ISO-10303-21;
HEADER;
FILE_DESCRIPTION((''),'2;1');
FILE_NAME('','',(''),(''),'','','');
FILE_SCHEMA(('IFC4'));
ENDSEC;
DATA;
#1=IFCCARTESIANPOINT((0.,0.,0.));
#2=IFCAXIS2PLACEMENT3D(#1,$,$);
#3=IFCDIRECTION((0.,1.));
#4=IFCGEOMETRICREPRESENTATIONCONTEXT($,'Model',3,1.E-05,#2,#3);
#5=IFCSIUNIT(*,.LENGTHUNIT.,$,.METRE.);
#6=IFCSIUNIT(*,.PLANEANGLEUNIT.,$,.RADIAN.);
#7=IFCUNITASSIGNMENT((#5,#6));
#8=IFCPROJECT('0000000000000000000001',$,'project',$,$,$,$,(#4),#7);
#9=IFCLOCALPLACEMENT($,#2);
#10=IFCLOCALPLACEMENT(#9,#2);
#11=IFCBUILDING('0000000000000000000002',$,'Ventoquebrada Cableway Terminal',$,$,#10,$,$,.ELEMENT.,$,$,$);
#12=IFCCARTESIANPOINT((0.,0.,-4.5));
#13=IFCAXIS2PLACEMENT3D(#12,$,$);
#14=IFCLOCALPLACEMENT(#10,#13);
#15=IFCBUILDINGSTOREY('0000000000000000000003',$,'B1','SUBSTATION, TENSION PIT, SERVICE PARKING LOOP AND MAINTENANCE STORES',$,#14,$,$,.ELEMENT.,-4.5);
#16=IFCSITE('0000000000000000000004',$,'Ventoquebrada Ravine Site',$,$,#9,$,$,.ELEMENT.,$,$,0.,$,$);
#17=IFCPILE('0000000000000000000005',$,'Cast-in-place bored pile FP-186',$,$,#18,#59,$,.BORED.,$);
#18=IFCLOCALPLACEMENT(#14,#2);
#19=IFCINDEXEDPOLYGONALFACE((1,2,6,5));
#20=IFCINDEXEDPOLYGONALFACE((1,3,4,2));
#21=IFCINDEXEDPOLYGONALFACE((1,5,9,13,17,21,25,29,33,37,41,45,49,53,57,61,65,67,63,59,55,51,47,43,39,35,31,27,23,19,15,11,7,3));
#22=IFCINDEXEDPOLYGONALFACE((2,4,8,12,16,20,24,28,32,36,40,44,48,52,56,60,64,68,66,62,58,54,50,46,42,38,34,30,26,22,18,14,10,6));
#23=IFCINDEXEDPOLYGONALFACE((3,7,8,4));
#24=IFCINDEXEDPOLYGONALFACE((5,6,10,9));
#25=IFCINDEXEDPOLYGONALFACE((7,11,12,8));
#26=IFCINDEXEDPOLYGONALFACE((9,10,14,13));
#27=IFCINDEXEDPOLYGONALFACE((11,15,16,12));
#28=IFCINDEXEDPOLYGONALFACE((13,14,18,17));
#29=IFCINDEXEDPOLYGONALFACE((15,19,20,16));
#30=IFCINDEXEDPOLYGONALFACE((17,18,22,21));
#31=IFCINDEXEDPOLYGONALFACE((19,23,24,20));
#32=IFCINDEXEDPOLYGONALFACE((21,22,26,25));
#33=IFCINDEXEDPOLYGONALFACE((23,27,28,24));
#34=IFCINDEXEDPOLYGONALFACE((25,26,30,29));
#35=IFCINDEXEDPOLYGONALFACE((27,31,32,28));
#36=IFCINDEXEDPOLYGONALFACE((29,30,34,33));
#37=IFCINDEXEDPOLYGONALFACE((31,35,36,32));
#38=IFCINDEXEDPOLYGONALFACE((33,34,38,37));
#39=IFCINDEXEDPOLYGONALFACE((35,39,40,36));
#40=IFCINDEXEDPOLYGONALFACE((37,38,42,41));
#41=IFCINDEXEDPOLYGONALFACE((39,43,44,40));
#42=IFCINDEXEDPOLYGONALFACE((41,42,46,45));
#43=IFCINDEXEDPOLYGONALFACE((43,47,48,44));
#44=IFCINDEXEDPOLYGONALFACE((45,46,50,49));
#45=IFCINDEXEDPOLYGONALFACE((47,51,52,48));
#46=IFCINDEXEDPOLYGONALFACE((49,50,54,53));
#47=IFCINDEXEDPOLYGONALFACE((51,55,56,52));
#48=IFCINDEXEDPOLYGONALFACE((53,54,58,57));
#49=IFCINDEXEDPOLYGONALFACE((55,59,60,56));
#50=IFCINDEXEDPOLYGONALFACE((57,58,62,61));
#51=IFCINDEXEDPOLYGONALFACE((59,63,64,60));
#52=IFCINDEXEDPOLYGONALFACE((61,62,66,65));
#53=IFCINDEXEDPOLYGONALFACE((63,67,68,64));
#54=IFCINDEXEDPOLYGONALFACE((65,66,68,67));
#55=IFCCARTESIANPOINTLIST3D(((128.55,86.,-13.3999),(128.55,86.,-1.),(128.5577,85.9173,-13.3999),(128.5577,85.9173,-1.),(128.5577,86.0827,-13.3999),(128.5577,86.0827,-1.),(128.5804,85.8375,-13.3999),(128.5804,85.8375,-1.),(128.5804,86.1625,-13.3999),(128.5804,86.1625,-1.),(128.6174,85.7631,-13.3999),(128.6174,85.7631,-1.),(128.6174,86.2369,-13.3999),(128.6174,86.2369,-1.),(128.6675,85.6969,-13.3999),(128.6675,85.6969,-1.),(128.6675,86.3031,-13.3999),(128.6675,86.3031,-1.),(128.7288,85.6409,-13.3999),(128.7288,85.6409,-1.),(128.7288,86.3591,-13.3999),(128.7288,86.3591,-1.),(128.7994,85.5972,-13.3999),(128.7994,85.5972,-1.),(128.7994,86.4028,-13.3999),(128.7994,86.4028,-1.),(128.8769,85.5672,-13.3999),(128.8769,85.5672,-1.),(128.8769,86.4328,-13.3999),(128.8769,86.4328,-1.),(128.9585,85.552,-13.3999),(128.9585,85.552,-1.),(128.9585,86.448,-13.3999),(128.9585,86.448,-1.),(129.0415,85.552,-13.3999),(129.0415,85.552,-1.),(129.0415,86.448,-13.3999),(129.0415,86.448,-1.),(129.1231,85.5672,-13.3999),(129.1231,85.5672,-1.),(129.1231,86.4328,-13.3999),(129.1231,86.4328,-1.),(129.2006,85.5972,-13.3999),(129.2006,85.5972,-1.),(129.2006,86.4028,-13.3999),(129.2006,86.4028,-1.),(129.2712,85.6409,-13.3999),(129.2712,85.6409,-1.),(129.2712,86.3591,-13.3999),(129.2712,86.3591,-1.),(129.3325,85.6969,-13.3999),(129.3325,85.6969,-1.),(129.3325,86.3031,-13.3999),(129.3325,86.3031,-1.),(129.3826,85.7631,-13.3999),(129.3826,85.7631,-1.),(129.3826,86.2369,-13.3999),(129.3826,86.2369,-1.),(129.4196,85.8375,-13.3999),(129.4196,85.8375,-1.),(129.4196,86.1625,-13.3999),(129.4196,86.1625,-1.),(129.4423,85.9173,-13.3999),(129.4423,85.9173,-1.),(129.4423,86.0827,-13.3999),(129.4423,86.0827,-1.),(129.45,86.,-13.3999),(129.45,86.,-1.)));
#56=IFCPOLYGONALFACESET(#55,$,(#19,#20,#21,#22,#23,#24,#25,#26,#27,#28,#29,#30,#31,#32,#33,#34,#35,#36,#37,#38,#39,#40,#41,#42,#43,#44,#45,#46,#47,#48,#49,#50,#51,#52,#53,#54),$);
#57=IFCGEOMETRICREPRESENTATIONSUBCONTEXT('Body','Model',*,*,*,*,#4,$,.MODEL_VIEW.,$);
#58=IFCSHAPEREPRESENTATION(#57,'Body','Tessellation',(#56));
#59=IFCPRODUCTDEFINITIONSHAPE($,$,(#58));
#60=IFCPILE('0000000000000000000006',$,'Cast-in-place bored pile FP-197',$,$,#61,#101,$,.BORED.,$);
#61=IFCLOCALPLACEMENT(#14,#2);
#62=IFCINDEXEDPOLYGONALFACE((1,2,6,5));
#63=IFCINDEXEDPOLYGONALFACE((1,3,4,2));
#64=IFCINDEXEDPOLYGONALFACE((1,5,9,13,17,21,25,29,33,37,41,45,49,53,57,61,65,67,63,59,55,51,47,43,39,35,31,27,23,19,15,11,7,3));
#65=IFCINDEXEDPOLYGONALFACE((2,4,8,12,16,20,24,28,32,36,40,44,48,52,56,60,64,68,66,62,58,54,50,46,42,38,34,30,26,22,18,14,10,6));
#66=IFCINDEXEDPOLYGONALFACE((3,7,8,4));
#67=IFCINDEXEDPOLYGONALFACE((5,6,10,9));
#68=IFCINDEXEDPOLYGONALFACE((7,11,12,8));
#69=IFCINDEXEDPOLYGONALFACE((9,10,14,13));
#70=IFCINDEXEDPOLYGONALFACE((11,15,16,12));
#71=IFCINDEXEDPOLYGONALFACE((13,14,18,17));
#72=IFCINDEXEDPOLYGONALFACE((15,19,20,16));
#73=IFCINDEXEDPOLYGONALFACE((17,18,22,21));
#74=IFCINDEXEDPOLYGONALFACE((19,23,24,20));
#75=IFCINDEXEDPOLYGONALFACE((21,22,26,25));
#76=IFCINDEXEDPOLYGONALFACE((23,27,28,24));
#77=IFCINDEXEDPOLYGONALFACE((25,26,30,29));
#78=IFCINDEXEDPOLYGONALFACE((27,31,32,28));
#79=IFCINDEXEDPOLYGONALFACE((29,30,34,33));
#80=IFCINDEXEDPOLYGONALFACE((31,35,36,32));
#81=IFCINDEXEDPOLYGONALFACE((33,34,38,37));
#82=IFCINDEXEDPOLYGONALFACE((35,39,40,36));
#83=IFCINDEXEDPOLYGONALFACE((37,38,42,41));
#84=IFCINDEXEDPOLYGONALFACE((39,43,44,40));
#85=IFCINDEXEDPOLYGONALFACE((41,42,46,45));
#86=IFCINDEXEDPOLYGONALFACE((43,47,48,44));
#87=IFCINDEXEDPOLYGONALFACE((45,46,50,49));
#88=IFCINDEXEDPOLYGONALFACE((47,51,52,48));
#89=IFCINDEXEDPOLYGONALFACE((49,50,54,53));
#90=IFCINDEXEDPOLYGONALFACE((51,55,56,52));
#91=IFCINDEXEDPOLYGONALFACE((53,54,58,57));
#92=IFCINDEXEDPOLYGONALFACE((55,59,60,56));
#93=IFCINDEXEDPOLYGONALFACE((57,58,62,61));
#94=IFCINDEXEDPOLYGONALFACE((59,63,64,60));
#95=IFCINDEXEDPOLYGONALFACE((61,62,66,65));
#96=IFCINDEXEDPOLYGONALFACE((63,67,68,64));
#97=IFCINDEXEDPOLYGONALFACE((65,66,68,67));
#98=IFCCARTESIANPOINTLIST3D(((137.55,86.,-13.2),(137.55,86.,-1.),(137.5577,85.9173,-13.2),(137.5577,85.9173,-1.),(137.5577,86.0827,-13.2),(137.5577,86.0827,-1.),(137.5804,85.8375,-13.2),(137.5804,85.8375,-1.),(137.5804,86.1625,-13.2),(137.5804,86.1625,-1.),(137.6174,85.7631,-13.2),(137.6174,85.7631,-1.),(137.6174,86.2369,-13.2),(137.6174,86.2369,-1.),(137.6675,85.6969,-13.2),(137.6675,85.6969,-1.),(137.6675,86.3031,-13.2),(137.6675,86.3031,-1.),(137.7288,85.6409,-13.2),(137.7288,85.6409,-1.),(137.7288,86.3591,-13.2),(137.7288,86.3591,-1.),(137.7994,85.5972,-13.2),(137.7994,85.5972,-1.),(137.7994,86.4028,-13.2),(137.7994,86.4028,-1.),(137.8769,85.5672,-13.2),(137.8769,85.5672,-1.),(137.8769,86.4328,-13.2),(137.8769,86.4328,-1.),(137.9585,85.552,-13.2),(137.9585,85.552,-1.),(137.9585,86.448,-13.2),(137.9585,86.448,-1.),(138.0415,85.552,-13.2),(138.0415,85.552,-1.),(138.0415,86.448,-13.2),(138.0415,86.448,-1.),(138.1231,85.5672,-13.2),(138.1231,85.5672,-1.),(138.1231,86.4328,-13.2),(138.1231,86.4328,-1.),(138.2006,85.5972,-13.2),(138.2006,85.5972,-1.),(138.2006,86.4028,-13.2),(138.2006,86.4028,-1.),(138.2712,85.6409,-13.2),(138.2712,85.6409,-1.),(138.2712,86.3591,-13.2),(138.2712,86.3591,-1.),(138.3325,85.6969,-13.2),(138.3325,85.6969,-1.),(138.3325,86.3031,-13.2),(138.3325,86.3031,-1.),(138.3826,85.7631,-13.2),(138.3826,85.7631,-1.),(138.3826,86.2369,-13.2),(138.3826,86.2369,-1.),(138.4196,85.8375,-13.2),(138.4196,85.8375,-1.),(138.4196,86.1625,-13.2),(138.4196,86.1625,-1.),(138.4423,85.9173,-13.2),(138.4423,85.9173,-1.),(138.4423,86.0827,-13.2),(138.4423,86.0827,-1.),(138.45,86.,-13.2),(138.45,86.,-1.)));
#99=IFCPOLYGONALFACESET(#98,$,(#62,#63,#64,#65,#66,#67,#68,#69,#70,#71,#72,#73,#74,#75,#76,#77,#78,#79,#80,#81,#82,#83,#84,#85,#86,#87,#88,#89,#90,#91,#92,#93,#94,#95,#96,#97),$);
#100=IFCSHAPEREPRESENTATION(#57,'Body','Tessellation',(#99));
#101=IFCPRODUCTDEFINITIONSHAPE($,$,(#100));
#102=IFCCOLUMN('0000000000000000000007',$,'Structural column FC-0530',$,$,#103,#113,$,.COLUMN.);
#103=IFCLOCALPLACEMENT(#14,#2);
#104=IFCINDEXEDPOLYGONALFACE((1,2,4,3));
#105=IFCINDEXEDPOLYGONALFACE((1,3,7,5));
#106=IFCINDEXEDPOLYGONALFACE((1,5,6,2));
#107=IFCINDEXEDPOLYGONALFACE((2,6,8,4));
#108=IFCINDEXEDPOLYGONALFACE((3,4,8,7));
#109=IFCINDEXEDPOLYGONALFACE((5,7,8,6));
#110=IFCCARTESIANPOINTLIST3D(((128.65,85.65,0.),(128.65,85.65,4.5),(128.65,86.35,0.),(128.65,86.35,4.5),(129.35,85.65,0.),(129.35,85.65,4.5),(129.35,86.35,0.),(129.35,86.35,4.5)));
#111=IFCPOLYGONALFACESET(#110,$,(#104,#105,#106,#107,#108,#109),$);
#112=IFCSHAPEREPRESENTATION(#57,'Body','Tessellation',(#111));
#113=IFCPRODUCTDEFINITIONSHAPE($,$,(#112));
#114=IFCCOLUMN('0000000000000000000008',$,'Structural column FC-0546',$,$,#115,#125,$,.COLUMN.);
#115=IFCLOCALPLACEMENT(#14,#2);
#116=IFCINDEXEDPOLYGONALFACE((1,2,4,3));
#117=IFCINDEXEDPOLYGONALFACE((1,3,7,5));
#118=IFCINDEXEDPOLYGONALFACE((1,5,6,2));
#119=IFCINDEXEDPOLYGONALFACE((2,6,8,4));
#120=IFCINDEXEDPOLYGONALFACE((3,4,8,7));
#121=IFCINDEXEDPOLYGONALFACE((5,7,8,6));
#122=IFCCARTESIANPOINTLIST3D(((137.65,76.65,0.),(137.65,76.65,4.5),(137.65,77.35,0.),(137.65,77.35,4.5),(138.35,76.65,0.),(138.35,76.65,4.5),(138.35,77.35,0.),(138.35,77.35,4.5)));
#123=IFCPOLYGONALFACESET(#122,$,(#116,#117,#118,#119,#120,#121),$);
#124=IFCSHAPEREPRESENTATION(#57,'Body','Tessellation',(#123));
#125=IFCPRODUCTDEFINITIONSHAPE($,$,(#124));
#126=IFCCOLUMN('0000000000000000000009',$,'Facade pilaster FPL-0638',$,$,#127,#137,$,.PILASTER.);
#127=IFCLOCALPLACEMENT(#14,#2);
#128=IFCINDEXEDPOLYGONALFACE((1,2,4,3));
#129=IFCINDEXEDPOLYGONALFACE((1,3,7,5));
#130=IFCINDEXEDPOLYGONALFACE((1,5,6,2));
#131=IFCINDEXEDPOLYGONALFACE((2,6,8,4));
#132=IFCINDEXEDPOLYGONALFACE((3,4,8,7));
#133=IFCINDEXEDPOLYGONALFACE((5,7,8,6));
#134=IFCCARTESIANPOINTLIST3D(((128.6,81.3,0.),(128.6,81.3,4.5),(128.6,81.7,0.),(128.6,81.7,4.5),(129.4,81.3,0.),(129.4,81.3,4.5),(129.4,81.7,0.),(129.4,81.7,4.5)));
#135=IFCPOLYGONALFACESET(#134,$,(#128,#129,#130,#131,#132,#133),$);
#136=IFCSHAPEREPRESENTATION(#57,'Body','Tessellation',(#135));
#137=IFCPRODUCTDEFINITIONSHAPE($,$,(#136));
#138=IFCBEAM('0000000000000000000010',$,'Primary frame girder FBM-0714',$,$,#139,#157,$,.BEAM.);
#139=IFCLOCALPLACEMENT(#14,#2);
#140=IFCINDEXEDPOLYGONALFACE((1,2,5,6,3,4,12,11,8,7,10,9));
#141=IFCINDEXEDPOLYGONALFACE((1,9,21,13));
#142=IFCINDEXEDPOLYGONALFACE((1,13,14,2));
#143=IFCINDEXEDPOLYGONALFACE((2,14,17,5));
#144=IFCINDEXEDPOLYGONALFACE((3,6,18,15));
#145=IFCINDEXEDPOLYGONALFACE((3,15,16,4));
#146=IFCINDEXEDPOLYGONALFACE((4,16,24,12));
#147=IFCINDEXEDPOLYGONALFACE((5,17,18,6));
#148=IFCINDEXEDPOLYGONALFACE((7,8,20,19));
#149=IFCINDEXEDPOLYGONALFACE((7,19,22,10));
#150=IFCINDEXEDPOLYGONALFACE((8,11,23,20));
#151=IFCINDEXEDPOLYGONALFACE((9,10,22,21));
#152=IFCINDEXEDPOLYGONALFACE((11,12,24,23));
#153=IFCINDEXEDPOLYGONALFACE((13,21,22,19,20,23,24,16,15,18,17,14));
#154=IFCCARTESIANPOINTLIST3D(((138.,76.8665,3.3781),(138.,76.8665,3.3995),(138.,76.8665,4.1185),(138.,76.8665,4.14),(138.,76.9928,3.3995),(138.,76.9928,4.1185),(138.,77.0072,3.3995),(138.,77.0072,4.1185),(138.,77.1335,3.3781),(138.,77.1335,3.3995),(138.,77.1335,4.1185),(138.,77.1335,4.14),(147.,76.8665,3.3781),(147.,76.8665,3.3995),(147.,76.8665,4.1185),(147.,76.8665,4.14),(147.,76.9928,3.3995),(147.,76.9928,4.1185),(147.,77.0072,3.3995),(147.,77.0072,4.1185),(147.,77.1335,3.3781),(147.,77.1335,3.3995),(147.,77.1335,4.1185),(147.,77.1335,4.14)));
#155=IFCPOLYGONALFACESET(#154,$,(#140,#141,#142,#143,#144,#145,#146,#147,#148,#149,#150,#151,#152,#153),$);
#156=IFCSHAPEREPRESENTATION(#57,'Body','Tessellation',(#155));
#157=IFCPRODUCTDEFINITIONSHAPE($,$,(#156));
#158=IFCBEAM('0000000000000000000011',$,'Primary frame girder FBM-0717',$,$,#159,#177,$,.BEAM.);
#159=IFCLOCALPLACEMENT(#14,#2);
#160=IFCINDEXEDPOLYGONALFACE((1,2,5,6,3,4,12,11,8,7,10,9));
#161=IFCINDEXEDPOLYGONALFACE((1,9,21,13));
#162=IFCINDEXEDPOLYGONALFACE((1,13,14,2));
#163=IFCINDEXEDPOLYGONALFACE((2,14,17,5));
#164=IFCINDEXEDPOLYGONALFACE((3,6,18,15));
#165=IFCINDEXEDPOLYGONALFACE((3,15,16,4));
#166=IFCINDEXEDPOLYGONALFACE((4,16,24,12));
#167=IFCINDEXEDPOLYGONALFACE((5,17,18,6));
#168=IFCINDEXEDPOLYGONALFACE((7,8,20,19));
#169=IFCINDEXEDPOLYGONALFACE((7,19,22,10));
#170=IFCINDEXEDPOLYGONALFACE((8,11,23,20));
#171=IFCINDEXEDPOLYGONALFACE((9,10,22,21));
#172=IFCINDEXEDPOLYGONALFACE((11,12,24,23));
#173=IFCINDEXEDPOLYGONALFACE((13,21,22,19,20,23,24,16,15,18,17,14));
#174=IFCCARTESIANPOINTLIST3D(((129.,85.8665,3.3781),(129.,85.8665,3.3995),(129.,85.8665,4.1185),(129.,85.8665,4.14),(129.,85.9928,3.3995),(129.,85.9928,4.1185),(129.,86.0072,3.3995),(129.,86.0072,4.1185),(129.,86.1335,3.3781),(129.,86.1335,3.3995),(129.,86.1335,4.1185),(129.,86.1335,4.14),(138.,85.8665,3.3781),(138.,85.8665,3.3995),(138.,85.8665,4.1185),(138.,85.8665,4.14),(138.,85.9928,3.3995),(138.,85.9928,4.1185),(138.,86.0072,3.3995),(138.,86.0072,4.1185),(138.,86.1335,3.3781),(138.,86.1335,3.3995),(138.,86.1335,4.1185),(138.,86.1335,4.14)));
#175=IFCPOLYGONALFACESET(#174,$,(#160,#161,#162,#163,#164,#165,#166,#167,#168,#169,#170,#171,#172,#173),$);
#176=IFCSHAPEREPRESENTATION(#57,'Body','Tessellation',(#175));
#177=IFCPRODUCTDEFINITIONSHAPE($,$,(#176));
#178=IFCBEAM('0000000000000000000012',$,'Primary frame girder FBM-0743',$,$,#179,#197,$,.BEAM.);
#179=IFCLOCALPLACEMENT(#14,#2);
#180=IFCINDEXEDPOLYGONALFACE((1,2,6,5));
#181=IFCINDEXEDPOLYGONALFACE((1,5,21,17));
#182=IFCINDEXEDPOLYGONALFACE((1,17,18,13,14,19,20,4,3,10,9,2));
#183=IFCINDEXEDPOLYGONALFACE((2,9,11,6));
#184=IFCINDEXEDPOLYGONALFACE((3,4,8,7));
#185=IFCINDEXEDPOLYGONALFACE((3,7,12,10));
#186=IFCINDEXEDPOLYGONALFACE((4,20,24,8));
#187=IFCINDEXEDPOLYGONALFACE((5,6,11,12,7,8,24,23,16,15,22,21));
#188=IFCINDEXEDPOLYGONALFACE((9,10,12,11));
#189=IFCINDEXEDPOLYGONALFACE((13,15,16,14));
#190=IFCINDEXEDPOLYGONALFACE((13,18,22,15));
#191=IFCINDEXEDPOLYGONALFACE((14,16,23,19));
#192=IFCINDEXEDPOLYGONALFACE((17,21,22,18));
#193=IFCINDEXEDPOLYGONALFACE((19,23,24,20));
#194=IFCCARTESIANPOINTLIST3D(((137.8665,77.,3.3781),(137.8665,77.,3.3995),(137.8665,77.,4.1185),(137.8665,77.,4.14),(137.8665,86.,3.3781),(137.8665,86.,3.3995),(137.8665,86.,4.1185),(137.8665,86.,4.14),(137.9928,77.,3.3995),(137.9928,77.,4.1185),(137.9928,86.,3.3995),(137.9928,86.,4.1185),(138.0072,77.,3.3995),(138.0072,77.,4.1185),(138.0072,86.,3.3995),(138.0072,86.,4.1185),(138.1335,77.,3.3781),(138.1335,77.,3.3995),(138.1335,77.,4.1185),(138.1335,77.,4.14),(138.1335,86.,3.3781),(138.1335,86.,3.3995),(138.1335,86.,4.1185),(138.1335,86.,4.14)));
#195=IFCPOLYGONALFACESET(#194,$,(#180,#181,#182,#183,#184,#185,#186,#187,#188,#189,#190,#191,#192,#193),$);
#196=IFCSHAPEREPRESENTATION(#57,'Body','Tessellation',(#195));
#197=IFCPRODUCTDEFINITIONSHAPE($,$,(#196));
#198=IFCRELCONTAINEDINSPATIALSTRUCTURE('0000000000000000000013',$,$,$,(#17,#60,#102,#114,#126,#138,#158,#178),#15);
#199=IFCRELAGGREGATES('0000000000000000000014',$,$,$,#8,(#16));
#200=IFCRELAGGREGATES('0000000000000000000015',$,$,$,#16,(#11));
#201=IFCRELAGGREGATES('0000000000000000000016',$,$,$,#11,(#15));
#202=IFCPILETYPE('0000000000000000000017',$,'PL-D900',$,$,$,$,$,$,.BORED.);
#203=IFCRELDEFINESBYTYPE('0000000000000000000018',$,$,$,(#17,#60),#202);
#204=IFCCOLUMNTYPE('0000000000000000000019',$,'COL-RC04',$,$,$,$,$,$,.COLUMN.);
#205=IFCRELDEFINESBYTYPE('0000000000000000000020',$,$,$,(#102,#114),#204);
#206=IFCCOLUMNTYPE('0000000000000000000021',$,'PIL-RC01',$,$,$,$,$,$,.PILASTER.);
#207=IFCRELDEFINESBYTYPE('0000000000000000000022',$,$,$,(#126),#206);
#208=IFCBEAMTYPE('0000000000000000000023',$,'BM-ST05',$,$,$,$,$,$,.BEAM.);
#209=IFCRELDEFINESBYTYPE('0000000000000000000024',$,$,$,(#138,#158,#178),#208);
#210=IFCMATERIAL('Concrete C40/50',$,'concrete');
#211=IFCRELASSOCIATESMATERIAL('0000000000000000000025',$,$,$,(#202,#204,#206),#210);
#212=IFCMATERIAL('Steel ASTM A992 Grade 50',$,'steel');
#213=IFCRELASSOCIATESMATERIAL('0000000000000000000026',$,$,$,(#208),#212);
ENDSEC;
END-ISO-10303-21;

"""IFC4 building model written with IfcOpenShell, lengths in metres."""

from ifc_helpers import new_model, si_unit, direction, frame, origin, origin_2d, place, context, subcontext, project, spatial, rectangle, circle, i_section, extrude, material, material_profile, profile_set, type_object, element, save


model = new_model("IFC4")

# Units and contexts
model_context = context("Model", 3, precision=1e-05, world=origin(), true_north=direction((0.0, 1.0)))
body_context = subcontext(model_context, "Body", "Model", "MODEL_VIEW")
ifc_project = project(units=[si_unit("LENGTHUNIT", "METRE"), si_unit("PLANEANGLEUNIT", "RADIAN")], contexts=[model_context])

# Site, building, storey
site_placement = place(None, origin())
site = spatial("IfcSite", under=ifc_project, at=site_placement, Name="Ventoquebrada Ravine Site", CompositionType="ELEMENT", RefElevation=0.0)
building_placement = place(site_placement, origin())
building = spatial("IfcBuilding", under=site, at=building_placement, Name="Ventoquebrada Cableway Terminal", CompositionType="ELEMENT")
storey_placement = place(building_placement, frame((0.0, 0.0, -4.5)))
storey = spatial("IfcBuildingStorey", under=building, at=storey_placement, Name="B1", Description="SUBSTATION, TENSION PIT, SERVICE PARKING LOOP AND MAINTENANCE STORES", CompositionType="ELEMENT", Elevation=-4.5)

# Shared definitions
ifc_material_1 = material(Name="Concrete C40/50", Category="concrete")

# Piles
ifc_material_profile_1 = material_profile(ifc_material_1, circle(Radius=0.45, at=origin_2d()), Name="PILE-D900")
ifc_profile_set_1 = profile_set([ifc_material_profile_1], Name="Concrete C40/50")
pile_type = type_object("IfcPileType", Name="PL-D900", PredefinedType="BORED", material=ifc_profile_set_1)
pile_1_placement = place(storey_placement, frame((129.0, 86.0, -1.0), z_axis=(0.0, 0.0, -1.0), x_axis=(1.0, 0.0, 0.0)))
element("IfcPile", 1, at=pile_1_placement, inside=storey, type_object=pile_type, Name="Cast-in-place bored pile FP-186", PredefinedType="BORED", context=body_context, shape_type="SweptSolid", body=[
    extrude(circle(Radius=0.45, at=origin_2d()), origin(), (0.0, 0.0, 1.0), 12.3999),
])
pile_2_placement = place(storey_placement, frame((138.0, 86.0, -1.0), z_axis=(0.0, 0.0, -1.0), x_axis=(1.0, 0.0, 0.0)))
element("IfcPile", 2, at=pile_2_placement, inside=storey, type_object=pile_type, Name="Cast-in-place bored pile FP-197", PredefinedType="BORED", context=body_context, shape_type="SweptSolid", body=[
    extrude(circle(Radius=0.45, at=origin_2d()), origin(), (0.0, 0.0, 1.0), 12.2),
])

# Columns
ifc_material_profile_2 = material_profile(ifc_material_1, rectangle(XDim=0.7, YDim=0.7, at=origin_2d()), Name="RC-COL-700X700")
ifc_profile_set_2 = profile_set([ifc_material_profile_2], Name="Concrete C40/50")
column_type_1 = type_object("IfcColumnType", Name="COL-RC04", PredefinedType="COLUMN", material=ifc_profile_set_2)
for number, where, z_axis, x_axis, name in (
    (3, (129.0, 86.0, 0.0), (0.0, 0.0, 1.0), (1.0, 0.0, 0.0), "Structural column FC-0530"),
    (4, (138.0, 77.0, 0.0), (0.0, 0.0, 1.0), (1.0, 0.0, 0.0), "Structural column FC-0546"),
):
    element("IfcColumn", number, at=place(storey_placement, frame(where, z_axis=z_axis, x_axis=x_axis)), inside=storey, type_object=column_type_1, Name=name, PredefinedType="COLUMN", context=body_context, shape_type="SweptSolid", body=[
        extrude(rectangle(XDim=0.7, YDim=0.7, at=origin_2d()), origin(), (0.0, 0.0, 1.0), 4.5),
    ])
ifc_material_profile_3 = material_profile(ifc_material_1, rectangle(XDim=0.3999, YDim=0.8, at=origin_2d()), Name="RC-PIL-400X800")
ifc_profile_set_3 = profile_set([ifc_material_profile_3], Name="Concrete C40/50")
column_type_2 = type_object("IfcColumnType", Name="PIL-RC01", PredefinedType="PILASTER", material=ifc_profile_set_3)
column_placement = place(storey_placement, frame((129.0, 81.5, 0.0), z_axis=(0.0, 0.0, 1.0), x_axis=(0.0, 1.0, 0.0)))
element("IfcColumn", 5, at=column_placement, inside=storey, type_object=column_type_2, Name="Facade pilaster FPL-0638", PredefinedType="PILASTER", context=body_context, shape_type="SweptSolid", body=[
    extrude(rectangle(XDim=0.3999, YDim=0.8, at=origin_2d()), origin(), (0.0, 0.0, 1.0), 4.5),
])

# Beams
ifc_material_2 = material(Name="Steel ASTM A992 Grade 50", Category="steel")
ifc_material_profile_4 = material_profile(ifc_material_2, i_section(OverallWidth=0.2671, OverallDepth=0.762, WebThickness=0.0144, FlangeThickness=0.0215, at=origin_2d()), Name="W30X116")
ifc_profile_set_4 = profile_set([ifc_material_profile_4], Name="Steel ASTM A992 Grade 50")
beam_type_1 = type_object("IfcBeamType", Name="BM-ST05", PredefinedType="BEAM", material=ifc_profile_set_4)
for number, where, z_axis, x_axis, name in (
    (6, (138.0, 77.0, 3.759), (1.0, 0.0, 0.0), (0.0, 1.0, 0.0), "Primary frame girder FBM-0714"),
    (7, (129.0, 86.0, 3.759), (1.0, 0.0, 0.0), (0.0, 1.0, 0.0), "Primary frame girder FBM-0717"),
    (8, (138.0, 77.0, 3.759), (0.0, 1.0, 0.0), (-1.0, 0.0, 0.0), "Primary frame girder FBM-0743"),
):
    element("IfcBeam", number, at=place(storey_placement, frame(where, z_axis=z_axis, x_axis=x_axis)), inside=storey, type_object=beam_type_1, Name=name, PredefinedType="BEAM", context=body_context, shape_type="SweptSolid", body=[
        extrude(i_section(OverallWidth=0.2671, OverallDepth=0.762, WebThickness=0.0144, FlangeThickness=0.0215, at=origin_2d()), origin(), (0.0, 0.0, 1.0), 9.0),
    ])

save(model, "model.ifc")
